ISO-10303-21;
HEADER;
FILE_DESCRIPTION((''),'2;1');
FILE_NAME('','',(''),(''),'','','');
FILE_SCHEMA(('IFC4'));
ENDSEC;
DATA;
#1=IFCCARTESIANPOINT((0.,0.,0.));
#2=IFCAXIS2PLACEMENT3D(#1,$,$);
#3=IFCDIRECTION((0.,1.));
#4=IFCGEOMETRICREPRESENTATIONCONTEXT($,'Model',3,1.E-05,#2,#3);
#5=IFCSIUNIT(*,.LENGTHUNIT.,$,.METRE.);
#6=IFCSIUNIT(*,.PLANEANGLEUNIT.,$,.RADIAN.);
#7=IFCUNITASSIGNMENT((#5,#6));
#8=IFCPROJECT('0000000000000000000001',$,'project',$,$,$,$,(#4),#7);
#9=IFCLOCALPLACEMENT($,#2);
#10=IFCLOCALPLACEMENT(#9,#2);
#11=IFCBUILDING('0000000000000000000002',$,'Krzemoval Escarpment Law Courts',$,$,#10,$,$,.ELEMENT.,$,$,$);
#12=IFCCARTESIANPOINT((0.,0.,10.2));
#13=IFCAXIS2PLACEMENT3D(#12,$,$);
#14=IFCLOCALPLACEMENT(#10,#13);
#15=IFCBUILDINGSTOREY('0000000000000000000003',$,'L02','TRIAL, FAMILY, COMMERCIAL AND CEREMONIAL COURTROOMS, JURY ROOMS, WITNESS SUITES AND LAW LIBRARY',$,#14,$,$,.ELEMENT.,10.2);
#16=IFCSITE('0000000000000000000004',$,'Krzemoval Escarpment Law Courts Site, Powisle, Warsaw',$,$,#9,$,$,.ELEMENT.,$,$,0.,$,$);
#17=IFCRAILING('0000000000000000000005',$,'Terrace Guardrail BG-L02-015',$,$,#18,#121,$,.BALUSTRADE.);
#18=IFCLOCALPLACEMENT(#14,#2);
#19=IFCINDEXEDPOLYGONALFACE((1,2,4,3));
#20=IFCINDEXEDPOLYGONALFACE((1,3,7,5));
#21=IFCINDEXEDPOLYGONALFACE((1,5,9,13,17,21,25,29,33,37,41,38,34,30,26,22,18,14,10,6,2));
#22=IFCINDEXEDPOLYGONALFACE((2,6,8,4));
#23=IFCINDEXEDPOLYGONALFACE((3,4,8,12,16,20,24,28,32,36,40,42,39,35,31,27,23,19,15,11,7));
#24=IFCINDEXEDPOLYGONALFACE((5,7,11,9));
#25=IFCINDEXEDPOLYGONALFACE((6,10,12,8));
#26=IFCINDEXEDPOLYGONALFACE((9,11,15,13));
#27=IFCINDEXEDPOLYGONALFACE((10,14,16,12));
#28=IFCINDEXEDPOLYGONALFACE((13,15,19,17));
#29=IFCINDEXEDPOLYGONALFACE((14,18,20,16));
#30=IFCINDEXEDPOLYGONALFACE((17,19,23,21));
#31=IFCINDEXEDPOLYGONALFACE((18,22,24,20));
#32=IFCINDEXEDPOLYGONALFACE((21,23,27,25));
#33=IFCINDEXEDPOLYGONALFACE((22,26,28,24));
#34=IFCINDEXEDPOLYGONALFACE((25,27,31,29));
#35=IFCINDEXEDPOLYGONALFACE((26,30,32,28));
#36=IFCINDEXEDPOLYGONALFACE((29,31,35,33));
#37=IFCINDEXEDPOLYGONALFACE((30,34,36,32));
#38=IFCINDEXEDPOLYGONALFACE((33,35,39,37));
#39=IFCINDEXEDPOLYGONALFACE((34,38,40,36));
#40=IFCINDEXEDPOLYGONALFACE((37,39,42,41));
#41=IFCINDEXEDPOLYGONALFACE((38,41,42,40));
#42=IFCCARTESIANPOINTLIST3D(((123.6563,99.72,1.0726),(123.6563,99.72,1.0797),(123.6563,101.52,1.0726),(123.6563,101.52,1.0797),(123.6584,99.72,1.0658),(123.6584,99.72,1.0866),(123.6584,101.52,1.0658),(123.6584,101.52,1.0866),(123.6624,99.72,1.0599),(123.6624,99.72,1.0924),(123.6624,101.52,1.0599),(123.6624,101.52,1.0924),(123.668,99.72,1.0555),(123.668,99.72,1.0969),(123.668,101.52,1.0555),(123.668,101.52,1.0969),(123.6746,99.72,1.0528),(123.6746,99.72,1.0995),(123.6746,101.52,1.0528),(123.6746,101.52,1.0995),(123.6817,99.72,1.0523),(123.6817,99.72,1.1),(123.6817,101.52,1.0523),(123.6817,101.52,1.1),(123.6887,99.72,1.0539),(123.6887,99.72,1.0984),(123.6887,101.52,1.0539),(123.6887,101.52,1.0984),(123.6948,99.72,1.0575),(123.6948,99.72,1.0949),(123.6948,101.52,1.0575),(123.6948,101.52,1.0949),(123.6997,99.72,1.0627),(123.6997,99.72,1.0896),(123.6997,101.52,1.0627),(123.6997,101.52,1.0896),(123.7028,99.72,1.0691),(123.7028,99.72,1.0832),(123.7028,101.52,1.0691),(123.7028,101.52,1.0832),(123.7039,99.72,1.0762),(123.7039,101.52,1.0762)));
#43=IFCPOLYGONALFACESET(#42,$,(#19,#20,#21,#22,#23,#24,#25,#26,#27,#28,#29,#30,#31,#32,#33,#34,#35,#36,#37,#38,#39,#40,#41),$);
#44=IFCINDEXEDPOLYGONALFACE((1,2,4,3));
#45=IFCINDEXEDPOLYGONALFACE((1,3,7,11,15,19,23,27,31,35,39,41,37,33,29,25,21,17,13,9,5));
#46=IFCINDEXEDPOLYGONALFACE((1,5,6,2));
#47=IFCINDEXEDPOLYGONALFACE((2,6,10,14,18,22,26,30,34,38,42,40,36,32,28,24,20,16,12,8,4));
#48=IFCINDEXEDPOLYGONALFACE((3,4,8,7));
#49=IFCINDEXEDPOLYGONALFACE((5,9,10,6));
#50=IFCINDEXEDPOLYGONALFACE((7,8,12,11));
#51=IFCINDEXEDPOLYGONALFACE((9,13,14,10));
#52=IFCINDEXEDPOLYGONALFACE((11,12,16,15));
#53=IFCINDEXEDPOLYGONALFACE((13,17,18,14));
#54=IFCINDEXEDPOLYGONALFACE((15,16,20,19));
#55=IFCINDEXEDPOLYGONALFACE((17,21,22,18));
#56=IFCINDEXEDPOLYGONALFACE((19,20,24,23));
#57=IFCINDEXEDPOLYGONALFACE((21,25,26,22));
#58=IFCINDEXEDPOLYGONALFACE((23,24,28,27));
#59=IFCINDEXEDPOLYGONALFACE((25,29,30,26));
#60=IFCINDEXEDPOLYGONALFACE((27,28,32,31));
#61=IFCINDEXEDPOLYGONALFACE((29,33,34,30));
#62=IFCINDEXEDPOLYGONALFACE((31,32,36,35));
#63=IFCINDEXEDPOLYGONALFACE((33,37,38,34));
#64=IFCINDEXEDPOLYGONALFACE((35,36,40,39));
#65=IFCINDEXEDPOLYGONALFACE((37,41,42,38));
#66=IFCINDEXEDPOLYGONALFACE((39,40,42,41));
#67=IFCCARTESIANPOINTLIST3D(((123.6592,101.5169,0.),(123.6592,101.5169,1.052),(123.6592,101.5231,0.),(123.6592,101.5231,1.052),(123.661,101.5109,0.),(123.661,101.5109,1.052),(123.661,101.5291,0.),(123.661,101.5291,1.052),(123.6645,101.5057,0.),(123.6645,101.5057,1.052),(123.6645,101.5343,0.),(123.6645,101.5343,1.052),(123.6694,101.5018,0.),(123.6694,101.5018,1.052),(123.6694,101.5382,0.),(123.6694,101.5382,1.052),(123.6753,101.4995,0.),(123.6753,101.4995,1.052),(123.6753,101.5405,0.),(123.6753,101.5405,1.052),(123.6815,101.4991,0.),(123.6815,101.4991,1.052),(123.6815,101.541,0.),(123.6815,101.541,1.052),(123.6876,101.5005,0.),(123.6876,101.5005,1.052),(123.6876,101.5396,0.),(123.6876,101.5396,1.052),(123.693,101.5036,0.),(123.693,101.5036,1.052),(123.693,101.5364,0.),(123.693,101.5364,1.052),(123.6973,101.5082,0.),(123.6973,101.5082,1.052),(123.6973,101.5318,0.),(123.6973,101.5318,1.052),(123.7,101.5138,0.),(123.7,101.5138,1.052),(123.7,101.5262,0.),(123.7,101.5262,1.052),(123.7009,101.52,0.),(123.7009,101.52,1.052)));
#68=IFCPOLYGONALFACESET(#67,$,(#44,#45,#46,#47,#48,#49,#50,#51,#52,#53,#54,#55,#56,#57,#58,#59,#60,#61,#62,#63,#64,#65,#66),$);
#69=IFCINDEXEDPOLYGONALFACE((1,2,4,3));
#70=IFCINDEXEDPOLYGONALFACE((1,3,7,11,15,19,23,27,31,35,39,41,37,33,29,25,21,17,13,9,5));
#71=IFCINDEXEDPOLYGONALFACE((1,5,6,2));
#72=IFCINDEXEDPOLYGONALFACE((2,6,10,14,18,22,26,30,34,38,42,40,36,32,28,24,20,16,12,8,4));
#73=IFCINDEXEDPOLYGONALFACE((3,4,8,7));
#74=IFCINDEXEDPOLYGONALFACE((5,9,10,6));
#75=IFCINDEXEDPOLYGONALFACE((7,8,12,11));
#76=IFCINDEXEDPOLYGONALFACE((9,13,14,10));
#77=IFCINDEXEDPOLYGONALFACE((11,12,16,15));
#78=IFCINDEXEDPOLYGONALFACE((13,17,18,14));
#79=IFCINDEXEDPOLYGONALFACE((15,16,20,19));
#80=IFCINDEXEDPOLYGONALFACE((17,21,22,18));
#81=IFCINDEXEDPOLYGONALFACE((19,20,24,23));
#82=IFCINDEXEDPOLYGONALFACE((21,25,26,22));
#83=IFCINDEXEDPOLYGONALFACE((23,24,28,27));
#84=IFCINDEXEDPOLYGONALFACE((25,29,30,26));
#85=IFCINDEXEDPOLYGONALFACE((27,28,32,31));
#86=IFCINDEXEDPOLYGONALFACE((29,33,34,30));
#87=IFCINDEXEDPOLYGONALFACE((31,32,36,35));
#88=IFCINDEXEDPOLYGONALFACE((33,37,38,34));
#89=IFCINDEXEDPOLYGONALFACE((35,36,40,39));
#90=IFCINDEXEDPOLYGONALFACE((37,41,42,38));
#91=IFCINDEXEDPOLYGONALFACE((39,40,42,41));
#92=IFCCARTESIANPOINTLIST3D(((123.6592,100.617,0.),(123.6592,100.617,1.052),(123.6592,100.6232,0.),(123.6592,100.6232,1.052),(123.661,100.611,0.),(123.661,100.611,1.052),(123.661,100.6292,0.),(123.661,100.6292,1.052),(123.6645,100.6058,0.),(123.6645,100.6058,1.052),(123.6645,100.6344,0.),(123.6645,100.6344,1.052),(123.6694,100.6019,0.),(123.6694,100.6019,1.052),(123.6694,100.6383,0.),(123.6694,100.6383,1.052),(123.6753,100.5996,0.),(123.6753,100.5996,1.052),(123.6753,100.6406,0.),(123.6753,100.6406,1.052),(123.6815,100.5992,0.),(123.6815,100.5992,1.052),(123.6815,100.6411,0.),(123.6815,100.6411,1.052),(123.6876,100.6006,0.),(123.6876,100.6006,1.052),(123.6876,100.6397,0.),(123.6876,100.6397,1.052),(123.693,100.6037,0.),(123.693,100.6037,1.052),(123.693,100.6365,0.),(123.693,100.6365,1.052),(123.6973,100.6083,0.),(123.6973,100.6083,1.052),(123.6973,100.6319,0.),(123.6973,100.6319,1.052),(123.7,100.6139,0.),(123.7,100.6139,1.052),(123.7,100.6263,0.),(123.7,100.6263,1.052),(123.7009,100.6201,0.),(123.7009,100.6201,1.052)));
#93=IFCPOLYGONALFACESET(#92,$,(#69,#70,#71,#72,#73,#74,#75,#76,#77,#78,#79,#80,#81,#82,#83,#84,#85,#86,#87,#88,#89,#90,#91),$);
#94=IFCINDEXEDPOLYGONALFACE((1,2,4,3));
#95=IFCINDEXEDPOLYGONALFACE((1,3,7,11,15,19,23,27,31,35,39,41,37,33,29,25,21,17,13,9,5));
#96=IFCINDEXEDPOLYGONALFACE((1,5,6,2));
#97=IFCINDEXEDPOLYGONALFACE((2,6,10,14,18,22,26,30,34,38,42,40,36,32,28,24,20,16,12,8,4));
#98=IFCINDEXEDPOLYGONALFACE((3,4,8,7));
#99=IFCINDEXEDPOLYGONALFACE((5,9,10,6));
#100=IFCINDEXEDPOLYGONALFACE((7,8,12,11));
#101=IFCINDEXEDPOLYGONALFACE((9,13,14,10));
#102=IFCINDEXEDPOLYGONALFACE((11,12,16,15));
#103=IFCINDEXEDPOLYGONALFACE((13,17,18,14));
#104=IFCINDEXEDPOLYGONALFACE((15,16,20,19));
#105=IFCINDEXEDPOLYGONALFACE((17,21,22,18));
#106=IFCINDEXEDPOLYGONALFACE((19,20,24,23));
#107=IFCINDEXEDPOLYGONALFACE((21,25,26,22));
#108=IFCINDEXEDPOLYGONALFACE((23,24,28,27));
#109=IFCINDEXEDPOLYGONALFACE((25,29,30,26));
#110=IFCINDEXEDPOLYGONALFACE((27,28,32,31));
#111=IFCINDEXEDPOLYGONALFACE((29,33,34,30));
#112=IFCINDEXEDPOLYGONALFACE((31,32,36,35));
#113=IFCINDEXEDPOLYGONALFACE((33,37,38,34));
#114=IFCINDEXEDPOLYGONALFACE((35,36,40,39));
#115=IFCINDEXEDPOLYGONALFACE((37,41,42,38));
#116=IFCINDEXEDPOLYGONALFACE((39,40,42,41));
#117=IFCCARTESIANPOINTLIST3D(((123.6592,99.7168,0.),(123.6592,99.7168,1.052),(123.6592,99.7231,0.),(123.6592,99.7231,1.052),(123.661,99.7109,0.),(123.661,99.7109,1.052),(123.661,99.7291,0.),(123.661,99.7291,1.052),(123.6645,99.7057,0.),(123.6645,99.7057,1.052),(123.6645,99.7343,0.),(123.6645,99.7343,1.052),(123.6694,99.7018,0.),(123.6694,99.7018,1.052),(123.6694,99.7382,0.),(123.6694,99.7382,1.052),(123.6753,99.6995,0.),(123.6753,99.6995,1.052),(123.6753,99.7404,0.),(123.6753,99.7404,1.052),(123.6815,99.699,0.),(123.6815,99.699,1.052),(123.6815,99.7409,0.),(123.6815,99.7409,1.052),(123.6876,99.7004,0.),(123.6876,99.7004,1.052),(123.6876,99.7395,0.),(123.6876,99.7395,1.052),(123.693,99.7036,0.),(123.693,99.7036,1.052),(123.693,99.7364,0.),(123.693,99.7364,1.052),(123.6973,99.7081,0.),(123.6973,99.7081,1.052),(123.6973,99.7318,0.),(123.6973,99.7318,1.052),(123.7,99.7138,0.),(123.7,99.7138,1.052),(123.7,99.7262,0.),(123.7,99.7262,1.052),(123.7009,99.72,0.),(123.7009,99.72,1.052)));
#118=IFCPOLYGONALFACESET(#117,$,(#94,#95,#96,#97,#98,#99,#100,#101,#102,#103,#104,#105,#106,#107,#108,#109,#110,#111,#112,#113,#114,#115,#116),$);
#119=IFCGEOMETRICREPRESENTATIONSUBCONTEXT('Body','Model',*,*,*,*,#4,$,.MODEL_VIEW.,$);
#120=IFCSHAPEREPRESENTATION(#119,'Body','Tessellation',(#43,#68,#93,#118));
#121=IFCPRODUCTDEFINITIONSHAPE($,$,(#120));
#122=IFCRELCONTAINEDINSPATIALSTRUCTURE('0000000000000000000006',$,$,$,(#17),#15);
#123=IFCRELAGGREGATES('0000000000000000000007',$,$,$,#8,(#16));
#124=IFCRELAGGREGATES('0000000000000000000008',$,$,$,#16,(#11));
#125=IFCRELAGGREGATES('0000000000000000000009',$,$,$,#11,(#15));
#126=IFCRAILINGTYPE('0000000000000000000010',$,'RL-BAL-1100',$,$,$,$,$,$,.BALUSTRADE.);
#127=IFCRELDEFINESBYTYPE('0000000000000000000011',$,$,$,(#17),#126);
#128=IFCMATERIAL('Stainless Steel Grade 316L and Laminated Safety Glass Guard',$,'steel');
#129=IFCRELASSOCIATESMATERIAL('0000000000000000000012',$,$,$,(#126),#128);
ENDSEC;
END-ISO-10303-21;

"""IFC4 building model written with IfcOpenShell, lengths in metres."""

from ifc_helpers import new_model, si_unit, direction, frame, origin, origin_2d, place, context, subcontext, project, spatial, circle, extrude, material, type_object, element, save


model = new_model("IFC4")

# Units and contexts
model_context = context("Model", 3, precision=1e-05, world=origin(), true_north=direction((0.0, 1.0)))
body_context = subcontext(model_context, "Body", "Model", "MODEL_VIEW")
ifc_project = project(units=[si_unit("LENGTHUNIT", "METRE"), si_unit("PLANEANGLEUNIT", "RADIAN")], contexts=[model_context])

# Site, building, storey
site_placement = place(None, origin())
site = spatial("IfcSite", under=ifc_project, at=site_placement, Name="Krzemoval Escarpment Law Courts Site, Powisle, Warsaw", CompositionType="ELEMENT", RefElevation=0.0)
building_placement = place(site_placement, origin())
building = spatial("IfcBuilding", under=site, at=building_placement, Name="Krzemoval Escarpment Law Courts", CompositionType="ELEMENT")
storey_placement = place(building_placement, frame((0.0, 0.0, 10.2)))
storey = spatial("IfcBuildingStorey", under=building, at=storey_placement, Name="L02", Description="TRIAL, FAMILY, COMMERCIAL AND CEREMONIAL COURTROOMS, JURY ROOMS, WITNESS SUITES AND LAW LIBRARY", CompositionType="ELEMENT", Elevation=10.2)

# Railing
ifc_material_1 = material(Name="Stainless Steel Grade 316L and Laminated Safety Glass Guard", Category="steel")
railing_type = type_object("IfcRailingType", Name="RL-BAL-1100", PredefinedType="BALUSTRADE", material=ifc_material_1)
railing_1_placement = place(storey_placement, frame((123.6799, 101.52, 0.0)))
element("IfcRailing", 1, at=railing_1_placement, inside=storey, type_object=railing_type, Name="Terrace Guardrail BG-L02-015", PredefinedType="BALUSTRADE", context=body_context, shape_type="SweptSolid", body=[
    extrude(circle(Radius=0.0239, at=origin_2d()), frame((0.0, 0.0, 1.0762), z_axis=(0.0, -1.0, 0.0), x_axis=(1.0, 0.0, 0.0)), (0.0, 0.0, 1.0), 1.8),
    extrude(circle(Radius=0.021, at=origin_2d()), origin(), (0.0, 0.0, 1.0), 1.052),
    extrude(circle(Radius=0.021, at=origin_2d()), frame((0.0, -0.8999, 0.0)), (0.0, 0.0, 1.0), 1.052),
    extrude(circle(Radius=0.021, at=origin_2d()), frame((0.0, -1.8, 0.0)), (0.0, 0.0, 1.0), 1.052),
])

save(model, "model.ifc")
